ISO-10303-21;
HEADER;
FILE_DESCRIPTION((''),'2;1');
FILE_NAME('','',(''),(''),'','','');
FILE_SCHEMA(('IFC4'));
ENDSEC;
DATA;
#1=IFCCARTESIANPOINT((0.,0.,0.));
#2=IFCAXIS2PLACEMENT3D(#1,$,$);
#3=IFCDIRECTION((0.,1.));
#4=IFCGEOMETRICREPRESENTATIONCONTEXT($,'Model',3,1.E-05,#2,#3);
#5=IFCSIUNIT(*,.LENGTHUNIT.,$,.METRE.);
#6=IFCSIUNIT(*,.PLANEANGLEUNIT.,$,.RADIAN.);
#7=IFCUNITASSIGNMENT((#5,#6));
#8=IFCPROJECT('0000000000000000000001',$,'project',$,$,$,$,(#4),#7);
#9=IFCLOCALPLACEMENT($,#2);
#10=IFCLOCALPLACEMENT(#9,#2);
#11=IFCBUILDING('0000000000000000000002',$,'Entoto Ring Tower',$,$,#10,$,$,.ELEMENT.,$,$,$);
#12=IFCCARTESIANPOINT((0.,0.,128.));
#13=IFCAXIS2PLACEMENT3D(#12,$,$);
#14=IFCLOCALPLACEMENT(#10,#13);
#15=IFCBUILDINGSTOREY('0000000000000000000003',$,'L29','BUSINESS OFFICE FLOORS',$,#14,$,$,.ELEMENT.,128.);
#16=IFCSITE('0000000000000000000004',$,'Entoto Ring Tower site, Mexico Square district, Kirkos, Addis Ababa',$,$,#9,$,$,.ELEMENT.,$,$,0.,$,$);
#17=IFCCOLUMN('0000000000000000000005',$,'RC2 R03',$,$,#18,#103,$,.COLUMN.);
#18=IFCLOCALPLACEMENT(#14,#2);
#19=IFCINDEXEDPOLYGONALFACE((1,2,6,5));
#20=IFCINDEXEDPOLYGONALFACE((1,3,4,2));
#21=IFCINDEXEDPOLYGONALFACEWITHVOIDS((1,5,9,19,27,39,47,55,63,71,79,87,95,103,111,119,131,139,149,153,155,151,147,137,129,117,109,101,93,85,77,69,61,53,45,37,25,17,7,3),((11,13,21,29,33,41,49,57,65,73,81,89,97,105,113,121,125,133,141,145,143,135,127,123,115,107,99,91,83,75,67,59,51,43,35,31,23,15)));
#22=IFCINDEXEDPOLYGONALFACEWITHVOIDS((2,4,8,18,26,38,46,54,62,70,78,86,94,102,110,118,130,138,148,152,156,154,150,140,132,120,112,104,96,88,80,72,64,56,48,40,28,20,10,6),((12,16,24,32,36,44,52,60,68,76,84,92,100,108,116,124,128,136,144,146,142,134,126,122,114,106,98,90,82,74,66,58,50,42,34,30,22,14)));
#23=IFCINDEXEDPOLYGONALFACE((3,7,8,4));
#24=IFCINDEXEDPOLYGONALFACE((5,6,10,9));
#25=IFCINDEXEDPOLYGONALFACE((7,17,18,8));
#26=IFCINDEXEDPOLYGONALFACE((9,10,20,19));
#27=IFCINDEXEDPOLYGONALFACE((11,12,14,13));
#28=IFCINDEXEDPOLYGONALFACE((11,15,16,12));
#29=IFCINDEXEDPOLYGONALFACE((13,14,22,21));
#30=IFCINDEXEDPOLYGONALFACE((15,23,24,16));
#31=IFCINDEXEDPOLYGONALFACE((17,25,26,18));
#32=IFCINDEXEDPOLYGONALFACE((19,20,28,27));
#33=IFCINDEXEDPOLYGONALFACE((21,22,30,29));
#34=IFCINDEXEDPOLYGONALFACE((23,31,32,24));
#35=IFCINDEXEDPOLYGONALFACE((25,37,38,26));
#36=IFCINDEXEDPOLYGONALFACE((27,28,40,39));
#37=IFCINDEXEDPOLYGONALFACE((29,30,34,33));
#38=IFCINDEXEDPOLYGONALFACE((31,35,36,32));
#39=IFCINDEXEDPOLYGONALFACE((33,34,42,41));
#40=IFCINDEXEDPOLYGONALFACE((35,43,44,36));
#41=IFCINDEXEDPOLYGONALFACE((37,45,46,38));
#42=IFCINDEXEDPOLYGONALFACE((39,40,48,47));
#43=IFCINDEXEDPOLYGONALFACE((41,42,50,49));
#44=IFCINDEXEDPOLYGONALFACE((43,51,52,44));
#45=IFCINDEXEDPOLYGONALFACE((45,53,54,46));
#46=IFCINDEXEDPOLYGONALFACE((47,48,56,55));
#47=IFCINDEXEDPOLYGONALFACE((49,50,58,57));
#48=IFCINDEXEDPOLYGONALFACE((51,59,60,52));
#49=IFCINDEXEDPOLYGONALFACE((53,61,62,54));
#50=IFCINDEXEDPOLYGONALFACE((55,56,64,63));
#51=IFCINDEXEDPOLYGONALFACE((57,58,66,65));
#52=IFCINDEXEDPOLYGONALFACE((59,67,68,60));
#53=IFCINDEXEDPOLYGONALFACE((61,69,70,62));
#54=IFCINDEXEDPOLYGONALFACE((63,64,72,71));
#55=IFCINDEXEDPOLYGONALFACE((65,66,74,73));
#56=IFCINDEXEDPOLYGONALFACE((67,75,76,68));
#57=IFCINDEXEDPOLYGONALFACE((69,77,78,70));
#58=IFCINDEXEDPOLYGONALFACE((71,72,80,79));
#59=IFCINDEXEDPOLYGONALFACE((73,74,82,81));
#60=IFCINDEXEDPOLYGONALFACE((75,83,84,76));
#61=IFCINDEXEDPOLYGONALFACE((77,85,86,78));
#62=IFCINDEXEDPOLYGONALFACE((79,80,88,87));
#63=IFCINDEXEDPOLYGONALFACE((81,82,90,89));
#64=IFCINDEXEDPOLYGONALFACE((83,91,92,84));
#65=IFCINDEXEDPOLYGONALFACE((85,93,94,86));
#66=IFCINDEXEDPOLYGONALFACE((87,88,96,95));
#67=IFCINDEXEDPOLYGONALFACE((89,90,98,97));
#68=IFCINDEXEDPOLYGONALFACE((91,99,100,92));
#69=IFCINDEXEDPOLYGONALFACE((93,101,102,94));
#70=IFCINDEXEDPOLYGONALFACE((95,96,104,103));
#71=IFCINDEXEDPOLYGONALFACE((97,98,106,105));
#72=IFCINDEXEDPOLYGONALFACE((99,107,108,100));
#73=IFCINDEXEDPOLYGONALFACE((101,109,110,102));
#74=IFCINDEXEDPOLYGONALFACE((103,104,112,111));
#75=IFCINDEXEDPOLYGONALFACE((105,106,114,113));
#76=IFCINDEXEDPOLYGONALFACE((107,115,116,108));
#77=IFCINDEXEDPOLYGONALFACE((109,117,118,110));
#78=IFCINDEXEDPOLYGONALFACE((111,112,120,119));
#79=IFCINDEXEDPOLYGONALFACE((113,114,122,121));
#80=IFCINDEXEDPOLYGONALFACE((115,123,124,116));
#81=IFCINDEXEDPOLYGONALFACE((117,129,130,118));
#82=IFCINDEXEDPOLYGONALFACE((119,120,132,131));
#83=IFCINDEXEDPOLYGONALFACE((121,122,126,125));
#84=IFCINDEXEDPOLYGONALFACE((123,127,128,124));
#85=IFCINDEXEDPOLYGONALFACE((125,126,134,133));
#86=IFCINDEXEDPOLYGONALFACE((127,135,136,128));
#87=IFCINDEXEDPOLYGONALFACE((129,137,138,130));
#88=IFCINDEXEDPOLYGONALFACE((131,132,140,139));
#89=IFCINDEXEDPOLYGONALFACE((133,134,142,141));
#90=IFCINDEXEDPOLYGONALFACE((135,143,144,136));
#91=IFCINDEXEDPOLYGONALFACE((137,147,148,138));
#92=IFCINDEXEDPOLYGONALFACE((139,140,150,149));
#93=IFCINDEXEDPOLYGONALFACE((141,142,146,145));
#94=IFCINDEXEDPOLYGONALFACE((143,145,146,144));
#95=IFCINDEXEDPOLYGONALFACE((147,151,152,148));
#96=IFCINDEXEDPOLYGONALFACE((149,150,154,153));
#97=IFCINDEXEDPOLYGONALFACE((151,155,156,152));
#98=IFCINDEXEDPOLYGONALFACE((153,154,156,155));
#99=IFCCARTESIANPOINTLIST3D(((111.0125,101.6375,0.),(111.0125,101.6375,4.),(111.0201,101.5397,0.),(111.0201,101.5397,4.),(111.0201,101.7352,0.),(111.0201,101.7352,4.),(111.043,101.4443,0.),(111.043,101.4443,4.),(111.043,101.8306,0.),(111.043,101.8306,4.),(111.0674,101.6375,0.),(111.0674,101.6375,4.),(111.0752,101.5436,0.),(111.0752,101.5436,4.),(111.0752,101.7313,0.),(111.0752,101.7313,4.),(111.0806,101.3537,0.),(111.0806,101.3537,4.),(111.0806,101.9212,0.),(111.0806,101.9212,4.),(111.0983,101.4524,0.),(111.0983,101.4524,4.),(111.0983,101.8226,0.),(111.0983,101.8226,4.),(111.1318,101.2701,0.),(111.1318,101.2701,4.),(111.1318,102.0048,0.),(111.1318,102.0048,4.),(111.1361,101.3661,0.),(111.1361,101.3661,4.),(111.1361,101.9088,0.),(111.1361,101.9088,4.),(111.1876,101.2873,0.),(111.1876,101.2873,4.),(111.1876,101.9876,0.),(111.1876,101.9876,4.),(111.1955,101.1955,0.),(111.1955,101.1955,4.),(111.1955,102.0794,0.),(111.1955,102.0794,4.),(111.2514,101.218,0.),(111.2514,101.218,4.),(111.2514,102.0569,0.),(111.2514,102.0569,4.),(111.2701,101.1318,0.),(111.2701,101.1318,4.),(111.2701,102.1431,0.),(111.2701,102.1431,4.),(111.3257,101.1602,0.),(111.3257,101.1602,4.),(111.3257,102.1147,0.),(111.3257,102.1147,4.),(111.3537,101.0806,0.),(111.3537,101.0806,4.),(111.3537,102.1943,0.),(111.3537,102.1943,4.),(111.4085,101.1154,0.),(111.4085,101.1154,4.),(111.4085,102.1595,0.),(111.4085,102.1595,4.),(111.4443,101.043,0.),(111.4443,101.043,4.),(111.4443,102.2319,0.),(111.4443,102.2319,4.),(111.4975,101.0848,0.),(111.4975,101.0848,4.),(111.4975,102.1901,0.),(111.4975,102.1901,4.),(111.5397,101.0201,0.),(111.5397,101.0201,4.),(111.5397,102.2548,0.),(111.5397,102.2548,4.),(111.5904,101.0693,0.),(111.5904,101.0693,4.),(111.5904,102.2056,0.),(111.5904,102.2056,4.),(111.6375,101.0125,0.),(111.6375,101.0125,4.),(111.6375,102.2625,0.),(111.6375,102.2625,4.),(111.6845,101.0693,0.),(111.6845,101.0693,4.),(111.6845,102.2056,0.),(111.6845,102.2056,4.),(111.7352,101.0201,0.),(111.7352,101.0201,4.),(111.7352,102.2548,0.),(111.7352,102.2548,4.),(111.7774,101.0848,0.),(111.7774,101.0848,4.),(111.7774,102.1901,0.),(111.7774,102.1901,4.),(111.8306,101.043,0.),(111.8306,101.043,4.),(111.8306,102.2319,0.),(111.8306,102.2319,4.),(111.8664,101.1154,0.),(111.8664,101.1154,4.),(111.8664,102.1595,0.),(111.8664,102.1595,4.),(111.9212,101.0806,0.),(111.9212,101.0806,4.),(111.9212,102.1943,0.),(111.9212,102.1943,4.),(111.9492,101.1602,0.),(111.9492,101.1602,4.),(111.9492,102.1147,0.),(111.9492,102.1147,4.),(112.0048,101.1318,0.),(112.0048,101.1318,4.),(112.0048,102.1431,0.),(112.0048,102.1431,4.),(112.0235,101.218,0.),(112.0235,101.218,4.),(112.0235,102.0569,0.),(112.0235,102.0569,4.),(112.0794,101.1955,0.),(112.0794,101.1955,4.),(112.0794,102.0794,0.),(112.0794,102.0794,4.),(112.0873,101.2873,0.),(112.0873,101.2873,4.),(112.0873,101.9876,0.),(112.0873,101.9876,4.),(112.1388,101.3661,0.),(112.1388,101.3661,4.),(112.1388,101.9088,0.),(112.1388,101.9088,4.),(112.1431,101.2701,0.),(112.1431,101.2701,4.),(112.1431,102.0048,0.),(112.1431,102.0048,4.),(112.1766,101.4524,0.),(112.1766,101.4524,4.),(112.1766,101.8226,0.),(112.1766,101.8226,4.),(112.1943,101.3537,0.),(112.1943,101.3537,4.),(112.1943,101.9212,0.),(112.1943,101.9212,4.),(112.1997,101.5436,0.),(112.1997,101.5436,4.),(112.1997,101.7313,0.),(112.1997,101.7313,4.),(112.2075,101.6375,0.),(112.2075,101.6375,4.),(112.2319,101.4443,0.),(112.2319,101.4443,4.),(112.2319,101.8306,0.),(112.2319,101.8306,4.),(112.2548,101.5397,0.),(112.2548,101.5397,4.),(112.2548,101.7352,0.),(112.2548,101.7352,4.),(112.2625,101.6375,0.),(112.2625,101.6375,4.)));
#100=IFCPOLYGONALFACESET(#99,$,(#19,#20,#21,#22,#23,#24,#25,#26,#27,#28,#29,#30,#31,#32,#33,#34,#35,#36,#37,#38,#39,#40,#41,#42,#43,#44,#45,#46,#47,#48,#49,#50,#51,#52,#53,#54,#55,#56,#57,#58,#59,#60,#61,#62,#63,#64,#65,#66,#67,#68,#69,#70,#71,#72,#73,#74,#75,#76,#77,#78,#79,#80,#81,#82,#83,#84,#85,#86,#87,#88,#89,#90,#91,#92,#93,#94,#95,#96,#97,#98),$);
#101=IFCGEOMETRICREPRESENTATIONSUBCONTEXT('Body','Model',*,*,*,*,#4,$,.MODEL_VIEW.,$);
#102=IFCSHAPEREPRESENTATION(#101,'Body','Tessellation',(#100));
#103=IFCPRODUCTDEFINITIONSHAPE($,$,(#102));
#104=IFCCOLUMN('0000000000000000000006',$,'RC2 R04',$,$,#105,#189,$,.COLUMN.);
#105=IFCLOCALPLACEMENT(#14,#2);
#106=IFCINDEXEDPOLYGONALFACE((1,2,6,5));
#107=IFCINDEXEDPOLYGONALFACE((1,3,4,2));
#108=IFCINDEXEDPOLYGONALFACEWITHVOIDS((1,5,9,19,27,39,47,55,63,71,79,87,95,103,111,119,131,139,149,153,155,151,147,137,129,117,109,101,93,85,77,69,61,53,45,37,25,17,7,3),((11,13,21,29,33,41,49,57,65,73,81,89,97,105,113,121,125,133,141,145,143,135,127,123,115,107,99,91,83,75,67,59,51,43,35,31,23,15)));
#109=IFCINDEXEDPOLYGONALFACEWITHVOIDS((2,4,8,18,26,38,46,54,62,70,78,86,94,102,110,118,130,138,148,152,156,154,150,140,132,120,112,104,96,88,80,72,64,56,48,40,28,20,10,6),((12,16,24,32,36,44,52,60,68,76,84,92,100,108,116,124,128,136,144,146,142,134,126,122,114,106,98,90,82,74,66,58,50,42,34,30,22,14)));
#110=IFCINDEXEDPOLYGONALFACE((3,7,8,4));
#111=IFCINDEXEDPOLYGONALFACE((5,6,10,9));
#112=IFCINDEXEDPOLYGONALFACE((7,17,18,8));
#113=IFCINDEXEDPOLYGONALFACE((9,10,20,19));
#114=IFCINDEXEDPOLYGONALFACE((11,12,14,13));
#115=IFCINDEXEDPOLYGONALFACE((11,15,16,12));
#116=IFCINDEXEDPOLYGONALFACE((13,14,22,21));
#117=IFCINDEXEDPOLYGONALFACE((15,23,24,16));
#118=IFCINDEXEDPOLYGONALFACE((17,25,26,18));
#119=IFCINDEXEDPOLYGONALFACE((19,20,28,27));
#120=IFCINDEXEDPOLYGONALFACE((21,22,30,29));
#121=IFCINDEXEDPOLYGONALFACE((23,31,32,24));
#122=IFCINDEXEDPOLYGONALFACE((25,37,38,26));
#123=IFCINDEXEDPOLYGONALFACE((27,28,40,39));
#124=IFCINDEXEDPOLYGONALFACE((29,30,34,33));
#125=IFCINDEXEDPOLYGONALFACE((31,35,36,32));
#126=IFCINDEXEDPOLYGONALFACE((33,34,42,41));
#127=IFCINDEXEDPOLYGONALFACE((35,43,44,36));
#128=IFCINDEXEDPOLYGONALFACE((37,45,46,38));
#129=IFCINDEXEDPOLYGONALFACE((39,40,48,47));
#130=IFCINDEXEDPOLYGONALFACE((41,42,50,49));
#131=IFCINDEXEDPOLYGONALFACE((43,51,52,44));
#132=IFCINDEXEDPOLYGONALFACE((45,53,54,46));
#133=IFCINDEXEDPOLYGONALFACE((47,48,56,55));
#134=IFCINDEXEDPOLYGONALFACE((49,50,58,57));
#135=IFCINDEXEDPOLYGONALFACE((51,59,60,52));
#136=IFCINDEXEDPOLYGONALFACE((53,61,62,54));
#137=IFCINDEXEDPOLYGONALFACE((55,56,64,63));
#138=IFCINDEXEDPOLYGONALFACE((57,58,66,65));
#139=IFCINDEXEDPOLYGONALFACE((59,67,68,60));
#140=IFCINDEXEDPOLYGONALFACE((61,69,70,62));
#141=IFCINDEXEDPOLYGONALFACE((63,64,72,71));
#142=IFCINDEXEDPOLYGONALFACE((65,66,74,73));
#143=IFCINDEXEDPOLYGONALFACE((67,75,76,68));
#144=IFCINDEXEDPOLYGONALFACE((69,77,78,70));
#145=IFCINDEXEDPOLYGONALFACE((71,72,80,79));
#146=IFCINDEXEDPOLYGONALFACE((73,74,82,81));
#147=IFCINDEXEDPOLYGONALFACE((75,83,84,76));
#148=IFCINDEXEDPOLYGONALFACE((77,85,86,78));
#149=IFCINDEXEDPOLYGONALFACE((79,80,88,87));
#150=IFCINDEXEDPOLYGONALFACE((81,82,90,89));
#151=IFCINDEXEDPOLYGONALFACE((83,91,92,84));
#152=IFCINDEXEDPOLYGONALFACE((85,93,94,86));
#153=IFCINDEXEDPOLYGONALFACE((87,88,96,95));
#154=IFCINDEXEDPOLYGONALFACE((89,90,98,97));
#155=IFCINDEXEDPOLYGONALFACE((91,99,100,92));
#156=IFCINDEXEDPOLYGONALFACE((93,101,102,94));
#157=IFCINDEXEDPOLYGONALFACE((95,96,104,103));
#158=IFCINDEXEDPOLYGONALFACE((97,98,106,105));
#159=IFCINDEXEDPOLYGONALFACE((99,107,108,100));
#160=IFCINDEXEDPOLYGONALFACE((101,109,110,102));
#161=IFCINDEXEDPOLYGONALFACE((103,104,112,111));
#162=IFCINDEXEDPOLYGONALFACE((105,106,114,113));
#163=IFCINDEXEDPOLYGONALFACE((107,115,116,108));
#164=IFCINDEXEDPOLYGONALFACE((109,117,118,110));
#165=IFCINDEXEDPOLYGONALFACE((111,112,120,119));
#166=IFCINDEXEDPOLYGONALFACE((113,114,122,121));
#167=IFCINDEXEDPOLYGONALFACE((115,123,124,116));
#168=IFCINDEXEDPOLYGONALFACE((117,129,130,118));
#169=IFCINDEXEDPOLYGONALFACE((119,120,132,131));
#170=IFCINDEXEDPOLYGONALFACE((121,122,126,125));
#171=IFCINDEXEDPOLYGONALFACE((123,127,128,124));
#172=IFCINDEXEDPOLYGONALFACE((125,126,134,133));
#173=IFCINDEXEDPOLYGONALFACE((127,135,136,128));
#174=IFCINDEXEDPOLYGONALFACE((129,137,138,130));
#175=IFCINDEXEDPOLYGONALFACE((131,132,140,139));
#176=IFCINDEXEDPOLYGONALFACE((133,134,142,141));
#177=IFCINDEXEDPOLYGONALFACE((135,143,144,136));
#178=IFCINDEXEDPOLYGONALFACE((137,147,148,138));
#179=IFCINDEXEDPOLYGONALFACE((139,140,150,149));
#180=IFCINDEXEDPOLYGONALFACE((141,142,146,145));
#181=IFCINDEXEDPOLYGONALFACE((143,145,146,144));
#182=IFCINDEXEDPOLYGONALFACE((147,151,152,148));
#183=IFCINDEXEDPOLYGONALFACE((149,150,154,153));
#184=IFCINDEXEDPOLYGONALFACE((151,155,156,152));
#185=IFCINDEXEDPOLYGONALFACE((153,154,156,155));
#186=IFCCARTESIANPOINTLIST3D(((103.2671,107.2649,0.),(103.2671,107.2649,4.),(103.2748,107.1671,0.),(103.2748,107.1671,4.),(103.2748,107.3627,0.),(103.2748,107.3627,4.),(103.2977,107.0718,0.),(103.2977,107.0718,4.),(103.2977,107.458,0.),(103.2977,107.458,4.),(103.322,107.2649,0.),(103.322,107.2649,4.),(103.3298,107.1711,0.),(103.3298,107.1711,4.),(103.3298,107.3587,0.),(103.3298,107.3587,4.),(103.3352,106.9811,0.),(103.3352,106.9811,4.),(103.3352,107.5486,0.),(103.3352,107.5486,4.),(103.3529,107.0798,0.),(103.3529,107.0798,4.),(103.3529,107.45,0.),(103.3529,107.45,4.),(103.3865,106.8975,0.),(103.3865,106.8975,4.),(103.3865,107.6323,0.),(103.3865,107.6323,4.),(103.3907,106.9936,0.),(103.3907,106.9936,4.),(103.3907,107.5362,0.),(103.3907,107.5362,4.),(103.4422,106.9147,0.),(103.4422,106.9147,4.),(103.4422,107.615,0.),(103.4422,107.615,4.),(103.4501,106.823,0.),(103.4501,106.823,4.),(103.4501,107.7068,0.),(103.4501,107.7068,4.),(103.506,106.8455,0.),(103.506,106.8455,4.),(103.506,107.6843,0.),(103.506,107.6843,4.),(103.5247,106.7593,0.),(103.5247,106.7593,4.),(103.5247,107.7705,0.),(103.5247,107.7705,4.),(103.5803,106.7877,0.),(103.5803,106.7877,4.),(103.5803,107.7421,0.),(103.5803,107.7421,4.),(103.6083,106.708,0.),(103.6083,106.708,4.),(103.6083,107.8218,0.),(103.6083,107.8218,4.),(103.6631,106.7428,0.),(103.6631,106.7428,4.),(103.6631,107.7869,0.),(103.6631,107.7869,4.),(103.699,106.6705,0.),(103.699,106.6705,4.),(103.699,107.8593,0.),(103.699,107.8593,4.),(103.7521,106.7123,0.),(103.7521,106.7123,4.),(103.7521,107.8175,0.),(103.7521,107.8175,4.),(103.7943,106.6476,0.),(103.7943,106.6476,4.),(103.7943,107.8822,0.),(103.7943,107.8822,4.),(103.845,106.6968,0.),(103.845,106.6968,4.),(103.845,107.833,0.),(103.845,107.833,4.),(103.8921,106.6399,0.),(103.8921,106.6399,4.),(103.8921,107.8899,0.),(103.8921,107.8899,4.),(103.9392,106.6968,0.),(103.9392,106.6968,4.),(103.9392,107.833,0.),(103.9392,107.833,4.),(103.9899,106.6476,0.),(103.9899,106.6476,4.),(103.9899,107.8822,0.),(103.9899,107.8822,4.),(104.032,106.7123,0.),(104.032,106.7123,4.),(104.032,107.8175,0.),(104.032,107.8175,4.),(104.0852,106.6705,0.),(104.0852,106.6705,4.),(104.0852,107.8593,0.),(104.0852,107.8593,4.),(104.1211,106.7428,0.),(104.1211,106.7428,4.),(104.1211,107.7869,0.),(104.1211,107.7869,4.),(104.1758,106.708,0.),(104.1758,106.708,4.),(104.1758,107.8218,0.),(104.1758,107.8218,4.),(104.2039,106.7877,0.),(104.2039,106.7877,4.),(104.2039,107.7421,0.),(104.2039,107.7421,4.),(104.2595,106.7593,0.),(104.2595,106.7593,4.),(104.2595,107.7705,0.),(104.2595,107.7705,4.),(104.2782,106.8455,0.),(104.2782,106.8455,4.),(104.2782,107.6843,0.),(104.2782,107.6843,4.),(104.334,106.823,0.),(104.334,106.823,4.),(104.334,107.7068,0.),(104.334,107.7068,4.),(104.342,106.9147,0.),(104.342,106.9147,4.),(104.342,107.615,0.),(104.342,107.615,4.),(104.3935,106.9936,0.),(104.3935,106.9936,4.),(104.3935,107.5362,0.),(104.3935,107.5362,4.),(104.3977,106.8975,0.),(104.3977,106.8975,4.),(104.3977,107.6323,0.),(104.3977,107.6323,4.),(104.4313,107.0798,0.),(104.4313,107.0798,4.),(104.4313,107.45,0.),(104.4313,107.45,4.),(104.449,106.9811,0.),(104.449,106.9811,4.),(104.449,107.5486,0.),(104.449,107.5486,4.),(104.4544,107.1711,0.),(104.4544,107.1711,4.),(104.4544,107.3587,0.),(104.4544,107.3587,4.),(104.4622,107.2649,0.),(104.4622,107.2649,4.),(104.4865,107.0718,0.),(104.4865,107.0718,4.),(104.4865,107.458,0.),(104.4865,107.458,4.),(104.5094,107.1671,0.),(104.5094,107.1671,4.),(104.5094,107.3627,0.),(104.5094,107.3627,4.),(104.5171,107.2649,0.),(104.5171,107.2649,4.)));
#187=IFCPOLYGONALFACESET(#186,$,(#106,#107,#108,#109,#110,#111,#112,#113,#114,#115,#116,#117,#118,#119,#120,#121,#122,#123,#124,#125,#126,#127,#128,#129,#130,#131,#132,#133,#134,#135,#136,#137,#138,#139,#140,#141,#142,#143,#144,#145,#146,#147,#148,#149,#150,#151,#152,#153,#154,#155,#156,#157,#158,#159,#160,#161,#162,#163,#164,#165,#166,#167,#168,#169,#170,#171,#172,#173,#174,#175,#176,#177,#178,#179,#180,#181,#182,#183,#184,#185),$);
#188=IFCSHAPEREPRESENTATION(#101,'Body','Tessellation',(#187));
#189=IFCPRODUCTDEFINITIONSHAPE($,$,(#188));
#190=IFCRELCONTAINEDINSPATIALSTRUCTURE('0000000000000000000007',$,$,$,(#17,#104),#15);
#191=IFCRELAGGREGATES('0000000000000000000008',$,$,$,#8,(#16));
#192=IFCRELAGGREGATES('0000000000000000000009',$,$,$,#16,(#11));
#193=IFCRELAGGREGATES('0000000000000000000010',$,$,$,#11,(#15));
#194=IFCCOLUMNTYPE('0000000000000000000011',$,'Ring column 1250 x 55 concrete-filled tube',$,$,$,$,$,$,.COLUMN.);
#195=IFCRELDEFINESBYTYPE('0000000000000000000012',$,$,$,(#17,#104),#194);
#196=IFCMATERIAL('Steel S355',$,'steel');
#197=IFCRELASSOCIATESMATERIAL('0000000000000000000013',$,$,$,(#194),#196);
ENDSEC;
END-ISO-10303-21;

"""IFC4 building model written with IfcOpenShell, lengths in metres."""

from ifc_helpers import new_model, si_unit, direction, frame, origin, origin_2d, place, context, subcontext, project, spatial, circle, hollow_circle, extrude, material, material_profile, profile_set, type_object, element, save


model = new_model("IFC4")

# Units and contexts
model_context = context("Model", 3, precision=1e-05, world=origin(), true_north=direction((0.0, 1.0)))
body_context = subcontext(model_context, "Body", "Model", "MODEL_VIEW")
ifc_project = project(units=[si_unit("LENGTHUNIT", "METRE"), si_unit("PLANEANGLEUNIT", "RADIAN")], contexts=[model_context])

# Site, building, storey
site_placement = place(None, origin())
site = spatial("IfcSite", under=ifc_project, at=site_placement, Name="Entoto Ring Tower site, Mexico Square district, Kirkos, Addis Ababa", CompositionType="ELEMENT", RefElevation=0.0)
building_placement = place(site_placement, origin())
building = spatial("IfcBuilding", under=site, at=building_placement, Name="Entoto Ring Tower", CompositionType="ELEMENT")
storey_placement = place(building_placement, frame((0.0, 0.0, 128.0)))
storey = spatial("IfcBuildingStorey", under=building, at=storey_placement, Name="L29", Description="BUSINESS OFFICE FLOORS", CompositionType="ELEMENT", Elevation=128.0)

# Columns
ifc_material_1 = material(Name="Steel S355", Category="steel")
ifc_material_profile_1 = material_profile(ifc_material_1, hollow_circle(Radius=0.625, WallThickness=0.0549, at=origin_2d()), Name="CHS 1250 x 55")
ifc_material_2 = material(Name="Concrete C60/75", Category="concrete")
ifc_material_profile_2 = material_profile(ifc_material_2, circle(Radius=0.5701, at=origin_2d()), Name="Concrete C60/75 infill")
ifc_profile_set_1 = profile_set([ifc_material_profile_1, ifc_material_profile_2], Name="Steel S355")
column_type = type_object("IfcColumnType", Name="Ring column 1250 x 55 concrete-filled tube", PredefinedType="COLUMN", material=ifc_profile_set_1)
for number, where, z_axis, x_axis, name in (
    (1, (111.6375, 101.6375, 0.0), (0.0, 0.0, 1.0), (1.0, 0.0, 0.0), "RC2 R03"),
    (2, (103.8921, 107.2649, 0.0), (0.0, 0.0, 1.0), (1.0, 0.0, 0.0), "RC2 R04"),
):
    element("IfcColumn", number, at=place(storey_placement, frame(where, z_axis=z_axis, x_axis=x_axis)), inside=storey, type_object=column_type, Name=name, PredefinedType="COLUMN", context=body_context, shape_type="SweptSolid", body=[
        extrude(hollow_circle(Radius=0.625, WallThickness=0.0549, at=origin_2d()), origin(), (0.0, 0.0, 1.0), 4.0),
    ])

save(model, "model.ifc")
